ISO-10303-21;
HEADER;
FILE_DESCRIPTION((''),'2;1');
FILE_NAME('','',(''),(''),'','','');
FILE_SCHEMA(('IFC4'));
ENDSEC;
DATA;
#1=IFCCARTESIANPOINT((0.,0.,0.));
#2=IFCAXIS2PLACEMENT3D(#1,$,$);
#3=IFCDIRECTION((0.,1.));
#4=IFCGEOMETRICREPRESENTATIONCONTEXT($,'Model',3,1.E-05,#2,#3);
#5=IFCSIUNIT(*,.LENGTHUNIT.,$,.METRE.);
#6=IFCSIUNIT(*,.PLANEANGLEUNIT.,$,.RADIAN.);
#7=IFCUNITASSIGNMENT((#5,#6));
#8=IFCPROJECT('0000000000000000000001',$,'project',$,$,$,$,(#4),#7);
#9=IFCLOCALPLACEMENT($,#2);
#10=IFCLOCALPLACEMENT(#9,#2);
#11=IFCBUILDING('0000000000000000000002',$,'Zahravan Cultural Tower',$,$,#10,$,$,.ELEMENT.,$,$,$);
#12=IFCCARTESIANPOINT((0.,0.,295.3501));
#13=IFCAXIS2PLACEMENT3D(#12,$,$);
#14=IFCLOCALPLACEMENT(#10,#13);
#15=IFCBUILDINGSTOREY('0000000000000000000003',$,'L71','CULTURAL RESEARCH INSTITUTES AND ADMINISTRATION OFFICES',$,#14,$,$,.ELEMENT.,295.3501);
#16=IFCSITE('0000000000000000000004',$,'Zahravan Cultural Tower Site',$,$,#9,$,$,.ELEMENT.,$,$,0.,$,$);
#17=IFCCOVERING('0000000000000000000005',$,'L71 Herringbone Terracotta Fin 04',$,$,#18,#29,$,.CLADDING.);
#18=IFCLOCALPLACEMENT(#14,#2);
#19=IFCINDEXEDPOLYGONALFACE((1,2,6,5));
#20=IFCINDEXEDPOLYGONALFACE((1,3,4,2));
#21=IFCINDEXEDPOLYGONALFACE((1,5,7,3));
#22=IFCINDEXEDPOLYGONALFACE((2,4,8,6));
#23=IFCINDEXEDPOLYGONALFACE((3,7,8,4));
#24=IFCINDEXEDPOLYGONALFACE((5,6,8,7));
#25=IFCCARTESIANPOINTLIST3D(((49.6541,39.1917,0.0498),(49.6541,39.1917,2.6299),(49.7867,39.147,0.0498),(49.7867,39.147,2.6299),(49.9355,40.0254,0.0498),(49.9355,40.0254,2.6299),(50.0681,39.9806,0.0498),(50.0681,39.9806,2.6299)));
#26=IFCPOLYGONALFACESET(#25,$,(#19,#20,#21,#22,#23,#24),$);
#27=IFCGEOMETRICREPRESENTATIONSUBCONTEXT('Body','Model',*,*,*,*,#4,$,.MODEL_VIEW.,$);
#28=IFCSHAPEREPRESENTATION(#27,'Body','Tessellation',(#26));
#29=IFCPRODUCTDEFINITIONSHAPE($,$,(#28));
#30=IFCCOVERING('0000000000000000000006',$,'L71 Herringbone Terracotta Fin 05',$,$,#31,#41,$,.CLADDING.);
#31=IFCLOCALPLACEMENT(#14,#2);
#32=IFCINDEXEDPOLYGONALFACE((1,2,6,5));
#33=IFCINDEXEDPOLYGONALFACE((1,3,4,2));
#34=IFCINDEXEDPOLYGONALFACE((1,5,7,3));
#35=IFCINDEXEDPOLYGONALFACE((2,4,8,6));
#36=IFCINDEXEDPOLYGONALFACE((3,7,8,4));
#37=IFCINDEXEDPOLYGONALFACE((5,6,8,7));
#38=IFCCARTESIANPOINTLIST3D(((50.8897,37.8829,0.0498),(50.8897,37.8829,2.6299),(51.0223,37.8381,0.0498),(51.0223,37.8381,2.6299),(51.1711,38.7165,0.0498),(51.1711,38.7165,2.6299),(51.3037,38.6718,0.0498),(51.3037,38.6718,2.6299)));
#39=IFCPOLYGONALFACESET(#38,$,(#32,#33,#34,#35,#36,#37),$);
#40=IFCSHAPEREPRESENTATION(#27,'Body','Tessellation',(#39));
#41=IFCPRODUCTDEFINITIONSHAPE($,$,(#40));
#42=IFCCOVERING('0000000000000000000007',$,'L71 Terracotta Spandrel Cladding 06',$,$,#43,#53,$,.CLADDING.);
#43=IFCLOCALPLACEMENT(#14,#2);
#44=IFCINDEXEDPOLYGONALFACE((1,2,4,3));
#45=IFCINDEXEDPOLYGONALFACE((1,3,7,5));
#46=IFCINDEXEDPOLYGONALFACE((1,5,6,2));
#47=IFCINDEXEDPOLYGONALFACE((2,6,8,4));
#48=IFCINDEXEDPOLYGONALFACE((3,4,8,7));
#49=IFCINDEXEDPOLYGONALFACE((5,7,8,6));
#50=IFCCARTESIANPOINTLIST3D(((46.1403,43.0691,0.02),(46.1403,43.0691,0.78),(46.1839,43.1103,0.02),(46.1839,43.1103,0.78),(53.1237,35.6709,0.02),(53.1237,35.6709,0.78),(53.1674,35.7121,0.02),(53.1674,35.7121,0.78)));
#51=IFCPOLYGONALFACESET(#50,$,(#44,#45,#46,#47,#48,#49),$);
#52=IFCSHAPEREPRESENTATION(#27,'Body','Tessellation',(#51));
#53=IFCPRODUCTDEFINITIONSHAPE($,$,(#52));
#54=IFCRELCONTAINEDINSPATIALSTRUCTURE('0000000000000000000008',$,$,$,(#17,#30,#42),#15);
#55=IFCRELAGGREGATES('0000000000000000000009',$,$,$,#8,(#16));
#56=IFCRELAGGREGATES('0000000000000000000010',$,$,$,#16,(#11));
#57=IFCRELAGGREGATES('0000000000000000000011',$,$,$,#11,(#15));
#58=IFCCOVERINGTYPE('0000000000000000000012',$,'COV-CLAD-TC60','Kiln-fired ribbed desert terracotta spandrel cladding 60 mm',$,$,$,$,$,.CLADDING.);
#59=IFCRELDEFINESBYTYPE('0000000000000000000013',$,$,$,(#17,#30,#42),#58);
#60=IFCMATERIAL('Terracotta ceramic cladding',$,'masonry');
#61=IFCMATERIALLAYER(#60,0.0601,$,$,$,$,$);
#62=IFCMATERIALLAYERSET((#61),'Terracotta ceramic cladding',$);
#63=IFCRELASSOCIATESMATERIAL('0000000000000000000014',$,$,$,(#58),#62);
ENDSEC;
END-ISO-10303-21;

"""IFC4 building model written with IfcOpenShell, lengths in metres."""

from ifc_helpers import new_model, si_unit, direction, frame, origin, origin_2d, place, context, subcontext, project, spatial, rectangle, extrude, source, transform, mapped, material, layer, layer_set, type_object, element, save


model = new_model("IFC4")

# Units and contexts
model_context = context("Model", 3, precision=1e-05, world=origin(), true_north=direction((0.0, 1.0)))
body_context = subcontext(model_context, "Body", "Model", "MODEL_VIEW")
ifc_project = project(units=[si_unit("LENGTHUNIT", "METRE"), si_unit("PLANEANGLEUNIT", "RADIAN")], contexts=[model_context])

# Site, building, storey
site_placement = place(None, origin())
site = spatial("IfcSite", under=ifc_project, at=site_placement, Name="Zahravan Cultural Tower Site", CompositionType="ELEMENT", RefElevation=0.0)
building_placement = place(site_placement, origin())
building = spatial("IfcBuilding", under=site, at=building_placement, Name="Zahravan Cultural Tower", CompositionType="ELEMENT")
storey_placement = place(building_placement, frame((0.0, 0.0, 295.3501)))
storey = spatial("IfcBuildingStorey", under=building, at=storey_placement, Name="L71", Description="CULTURAL RESEARCH INSTITUTES AND ADMINISTRATION OFFICES", CompositionType="ELEMENT", Elevation=295.3501)

# Coverings
ifc_material_1 = material(Name="Terracotta ceramic cladding", Category="masonry")
ifc_layer_1 = layer(ifc_material_1, 0.0601)
ifc_layer_set_1 = layer_set([ifc_layer_1], Name="Terracotta ceramic cladding")
covering_type = type_object("IfcCoveringType", Name="COV-CLAD-TC60", Description="Kiln-fired ribbed desert terracotta spandrel cladding 60 mm", PredefinedType="CLADDING", material=ifc_layer_set_1)
shared_shape_1 = source(origin(), body_context, "Body", "SweptSolid", [
    extrude(rectangle(XDim=0.8799, YDim=0.1399, at=origin_2d()), origin(), (0.0, 0.0, 1.0), 2.5801),
])
for number, where, z_axis, x_axis, name in (
    (1, (49.8611, 39.5862, 0.0498), (0.0, 0.0, 1.0), (0.319819, 0.947479, 0.0), "L71 Herringbone Terracotta Fin 04"),
    (2, (51.0967, 38.2773, 0.0498), (0.0, 0.0, 1.0), (0.319819, 0.947479, 0.0), "L71 Herringbone Terracotta Fin 05"),
):
    element("IfcCovering", number, at=place(storey_placement, frame(where, z_axis=z_axis, x_axis=x_axis)), inside=storey, type_object=covering_type, Name=name, PredefinedType="CLADDING", context=body_context, shape_type="MappedRepresentation", body=[
        mapped(shared_shape_1, transform((0.0, 0.0, 0.0), x_axis=(1.0, 0.0, 0.0), y_axis=(0.0, 1.0, 0.0), z_axis=(0.0, 0.0, 1.0), scale=1.0)),
    ])
shared_shape_2 = source(origin(), body_context, "Body", "SweptSolid", [
    extrude(rectangle(XDim=10.1736, YDim=0.0601, at=origin_2d()), origin(), (0.0, 0.0, 1.0), 0.76),
])
covering_placement = place(storey_placement, frame((49.6538, 39.3906, 0.02), z_axis=(0.0, 0.0, 1.0), x_axis=(0.686428, -0.727198, 0.0)))
element("IfcCovering", 3, at=covering_placement, inside=storey, type_object=covering_type, Name="L71 Terracotta Spandrel Cladding 06", PredefinedType="CLADDING", context=body_context, shape_type="MappedRepresentation", body=[
    mapped(shared_shape_2, transform((0.0, 0.0, 0.0), x_axis=(1.0, 0.0, 0.0), y_axis=(0.0, 1.0, 0.0), z_axis=(0.0, 0.0, 1.0), scale=1.0)),
])

save(model, "model.ifc")
